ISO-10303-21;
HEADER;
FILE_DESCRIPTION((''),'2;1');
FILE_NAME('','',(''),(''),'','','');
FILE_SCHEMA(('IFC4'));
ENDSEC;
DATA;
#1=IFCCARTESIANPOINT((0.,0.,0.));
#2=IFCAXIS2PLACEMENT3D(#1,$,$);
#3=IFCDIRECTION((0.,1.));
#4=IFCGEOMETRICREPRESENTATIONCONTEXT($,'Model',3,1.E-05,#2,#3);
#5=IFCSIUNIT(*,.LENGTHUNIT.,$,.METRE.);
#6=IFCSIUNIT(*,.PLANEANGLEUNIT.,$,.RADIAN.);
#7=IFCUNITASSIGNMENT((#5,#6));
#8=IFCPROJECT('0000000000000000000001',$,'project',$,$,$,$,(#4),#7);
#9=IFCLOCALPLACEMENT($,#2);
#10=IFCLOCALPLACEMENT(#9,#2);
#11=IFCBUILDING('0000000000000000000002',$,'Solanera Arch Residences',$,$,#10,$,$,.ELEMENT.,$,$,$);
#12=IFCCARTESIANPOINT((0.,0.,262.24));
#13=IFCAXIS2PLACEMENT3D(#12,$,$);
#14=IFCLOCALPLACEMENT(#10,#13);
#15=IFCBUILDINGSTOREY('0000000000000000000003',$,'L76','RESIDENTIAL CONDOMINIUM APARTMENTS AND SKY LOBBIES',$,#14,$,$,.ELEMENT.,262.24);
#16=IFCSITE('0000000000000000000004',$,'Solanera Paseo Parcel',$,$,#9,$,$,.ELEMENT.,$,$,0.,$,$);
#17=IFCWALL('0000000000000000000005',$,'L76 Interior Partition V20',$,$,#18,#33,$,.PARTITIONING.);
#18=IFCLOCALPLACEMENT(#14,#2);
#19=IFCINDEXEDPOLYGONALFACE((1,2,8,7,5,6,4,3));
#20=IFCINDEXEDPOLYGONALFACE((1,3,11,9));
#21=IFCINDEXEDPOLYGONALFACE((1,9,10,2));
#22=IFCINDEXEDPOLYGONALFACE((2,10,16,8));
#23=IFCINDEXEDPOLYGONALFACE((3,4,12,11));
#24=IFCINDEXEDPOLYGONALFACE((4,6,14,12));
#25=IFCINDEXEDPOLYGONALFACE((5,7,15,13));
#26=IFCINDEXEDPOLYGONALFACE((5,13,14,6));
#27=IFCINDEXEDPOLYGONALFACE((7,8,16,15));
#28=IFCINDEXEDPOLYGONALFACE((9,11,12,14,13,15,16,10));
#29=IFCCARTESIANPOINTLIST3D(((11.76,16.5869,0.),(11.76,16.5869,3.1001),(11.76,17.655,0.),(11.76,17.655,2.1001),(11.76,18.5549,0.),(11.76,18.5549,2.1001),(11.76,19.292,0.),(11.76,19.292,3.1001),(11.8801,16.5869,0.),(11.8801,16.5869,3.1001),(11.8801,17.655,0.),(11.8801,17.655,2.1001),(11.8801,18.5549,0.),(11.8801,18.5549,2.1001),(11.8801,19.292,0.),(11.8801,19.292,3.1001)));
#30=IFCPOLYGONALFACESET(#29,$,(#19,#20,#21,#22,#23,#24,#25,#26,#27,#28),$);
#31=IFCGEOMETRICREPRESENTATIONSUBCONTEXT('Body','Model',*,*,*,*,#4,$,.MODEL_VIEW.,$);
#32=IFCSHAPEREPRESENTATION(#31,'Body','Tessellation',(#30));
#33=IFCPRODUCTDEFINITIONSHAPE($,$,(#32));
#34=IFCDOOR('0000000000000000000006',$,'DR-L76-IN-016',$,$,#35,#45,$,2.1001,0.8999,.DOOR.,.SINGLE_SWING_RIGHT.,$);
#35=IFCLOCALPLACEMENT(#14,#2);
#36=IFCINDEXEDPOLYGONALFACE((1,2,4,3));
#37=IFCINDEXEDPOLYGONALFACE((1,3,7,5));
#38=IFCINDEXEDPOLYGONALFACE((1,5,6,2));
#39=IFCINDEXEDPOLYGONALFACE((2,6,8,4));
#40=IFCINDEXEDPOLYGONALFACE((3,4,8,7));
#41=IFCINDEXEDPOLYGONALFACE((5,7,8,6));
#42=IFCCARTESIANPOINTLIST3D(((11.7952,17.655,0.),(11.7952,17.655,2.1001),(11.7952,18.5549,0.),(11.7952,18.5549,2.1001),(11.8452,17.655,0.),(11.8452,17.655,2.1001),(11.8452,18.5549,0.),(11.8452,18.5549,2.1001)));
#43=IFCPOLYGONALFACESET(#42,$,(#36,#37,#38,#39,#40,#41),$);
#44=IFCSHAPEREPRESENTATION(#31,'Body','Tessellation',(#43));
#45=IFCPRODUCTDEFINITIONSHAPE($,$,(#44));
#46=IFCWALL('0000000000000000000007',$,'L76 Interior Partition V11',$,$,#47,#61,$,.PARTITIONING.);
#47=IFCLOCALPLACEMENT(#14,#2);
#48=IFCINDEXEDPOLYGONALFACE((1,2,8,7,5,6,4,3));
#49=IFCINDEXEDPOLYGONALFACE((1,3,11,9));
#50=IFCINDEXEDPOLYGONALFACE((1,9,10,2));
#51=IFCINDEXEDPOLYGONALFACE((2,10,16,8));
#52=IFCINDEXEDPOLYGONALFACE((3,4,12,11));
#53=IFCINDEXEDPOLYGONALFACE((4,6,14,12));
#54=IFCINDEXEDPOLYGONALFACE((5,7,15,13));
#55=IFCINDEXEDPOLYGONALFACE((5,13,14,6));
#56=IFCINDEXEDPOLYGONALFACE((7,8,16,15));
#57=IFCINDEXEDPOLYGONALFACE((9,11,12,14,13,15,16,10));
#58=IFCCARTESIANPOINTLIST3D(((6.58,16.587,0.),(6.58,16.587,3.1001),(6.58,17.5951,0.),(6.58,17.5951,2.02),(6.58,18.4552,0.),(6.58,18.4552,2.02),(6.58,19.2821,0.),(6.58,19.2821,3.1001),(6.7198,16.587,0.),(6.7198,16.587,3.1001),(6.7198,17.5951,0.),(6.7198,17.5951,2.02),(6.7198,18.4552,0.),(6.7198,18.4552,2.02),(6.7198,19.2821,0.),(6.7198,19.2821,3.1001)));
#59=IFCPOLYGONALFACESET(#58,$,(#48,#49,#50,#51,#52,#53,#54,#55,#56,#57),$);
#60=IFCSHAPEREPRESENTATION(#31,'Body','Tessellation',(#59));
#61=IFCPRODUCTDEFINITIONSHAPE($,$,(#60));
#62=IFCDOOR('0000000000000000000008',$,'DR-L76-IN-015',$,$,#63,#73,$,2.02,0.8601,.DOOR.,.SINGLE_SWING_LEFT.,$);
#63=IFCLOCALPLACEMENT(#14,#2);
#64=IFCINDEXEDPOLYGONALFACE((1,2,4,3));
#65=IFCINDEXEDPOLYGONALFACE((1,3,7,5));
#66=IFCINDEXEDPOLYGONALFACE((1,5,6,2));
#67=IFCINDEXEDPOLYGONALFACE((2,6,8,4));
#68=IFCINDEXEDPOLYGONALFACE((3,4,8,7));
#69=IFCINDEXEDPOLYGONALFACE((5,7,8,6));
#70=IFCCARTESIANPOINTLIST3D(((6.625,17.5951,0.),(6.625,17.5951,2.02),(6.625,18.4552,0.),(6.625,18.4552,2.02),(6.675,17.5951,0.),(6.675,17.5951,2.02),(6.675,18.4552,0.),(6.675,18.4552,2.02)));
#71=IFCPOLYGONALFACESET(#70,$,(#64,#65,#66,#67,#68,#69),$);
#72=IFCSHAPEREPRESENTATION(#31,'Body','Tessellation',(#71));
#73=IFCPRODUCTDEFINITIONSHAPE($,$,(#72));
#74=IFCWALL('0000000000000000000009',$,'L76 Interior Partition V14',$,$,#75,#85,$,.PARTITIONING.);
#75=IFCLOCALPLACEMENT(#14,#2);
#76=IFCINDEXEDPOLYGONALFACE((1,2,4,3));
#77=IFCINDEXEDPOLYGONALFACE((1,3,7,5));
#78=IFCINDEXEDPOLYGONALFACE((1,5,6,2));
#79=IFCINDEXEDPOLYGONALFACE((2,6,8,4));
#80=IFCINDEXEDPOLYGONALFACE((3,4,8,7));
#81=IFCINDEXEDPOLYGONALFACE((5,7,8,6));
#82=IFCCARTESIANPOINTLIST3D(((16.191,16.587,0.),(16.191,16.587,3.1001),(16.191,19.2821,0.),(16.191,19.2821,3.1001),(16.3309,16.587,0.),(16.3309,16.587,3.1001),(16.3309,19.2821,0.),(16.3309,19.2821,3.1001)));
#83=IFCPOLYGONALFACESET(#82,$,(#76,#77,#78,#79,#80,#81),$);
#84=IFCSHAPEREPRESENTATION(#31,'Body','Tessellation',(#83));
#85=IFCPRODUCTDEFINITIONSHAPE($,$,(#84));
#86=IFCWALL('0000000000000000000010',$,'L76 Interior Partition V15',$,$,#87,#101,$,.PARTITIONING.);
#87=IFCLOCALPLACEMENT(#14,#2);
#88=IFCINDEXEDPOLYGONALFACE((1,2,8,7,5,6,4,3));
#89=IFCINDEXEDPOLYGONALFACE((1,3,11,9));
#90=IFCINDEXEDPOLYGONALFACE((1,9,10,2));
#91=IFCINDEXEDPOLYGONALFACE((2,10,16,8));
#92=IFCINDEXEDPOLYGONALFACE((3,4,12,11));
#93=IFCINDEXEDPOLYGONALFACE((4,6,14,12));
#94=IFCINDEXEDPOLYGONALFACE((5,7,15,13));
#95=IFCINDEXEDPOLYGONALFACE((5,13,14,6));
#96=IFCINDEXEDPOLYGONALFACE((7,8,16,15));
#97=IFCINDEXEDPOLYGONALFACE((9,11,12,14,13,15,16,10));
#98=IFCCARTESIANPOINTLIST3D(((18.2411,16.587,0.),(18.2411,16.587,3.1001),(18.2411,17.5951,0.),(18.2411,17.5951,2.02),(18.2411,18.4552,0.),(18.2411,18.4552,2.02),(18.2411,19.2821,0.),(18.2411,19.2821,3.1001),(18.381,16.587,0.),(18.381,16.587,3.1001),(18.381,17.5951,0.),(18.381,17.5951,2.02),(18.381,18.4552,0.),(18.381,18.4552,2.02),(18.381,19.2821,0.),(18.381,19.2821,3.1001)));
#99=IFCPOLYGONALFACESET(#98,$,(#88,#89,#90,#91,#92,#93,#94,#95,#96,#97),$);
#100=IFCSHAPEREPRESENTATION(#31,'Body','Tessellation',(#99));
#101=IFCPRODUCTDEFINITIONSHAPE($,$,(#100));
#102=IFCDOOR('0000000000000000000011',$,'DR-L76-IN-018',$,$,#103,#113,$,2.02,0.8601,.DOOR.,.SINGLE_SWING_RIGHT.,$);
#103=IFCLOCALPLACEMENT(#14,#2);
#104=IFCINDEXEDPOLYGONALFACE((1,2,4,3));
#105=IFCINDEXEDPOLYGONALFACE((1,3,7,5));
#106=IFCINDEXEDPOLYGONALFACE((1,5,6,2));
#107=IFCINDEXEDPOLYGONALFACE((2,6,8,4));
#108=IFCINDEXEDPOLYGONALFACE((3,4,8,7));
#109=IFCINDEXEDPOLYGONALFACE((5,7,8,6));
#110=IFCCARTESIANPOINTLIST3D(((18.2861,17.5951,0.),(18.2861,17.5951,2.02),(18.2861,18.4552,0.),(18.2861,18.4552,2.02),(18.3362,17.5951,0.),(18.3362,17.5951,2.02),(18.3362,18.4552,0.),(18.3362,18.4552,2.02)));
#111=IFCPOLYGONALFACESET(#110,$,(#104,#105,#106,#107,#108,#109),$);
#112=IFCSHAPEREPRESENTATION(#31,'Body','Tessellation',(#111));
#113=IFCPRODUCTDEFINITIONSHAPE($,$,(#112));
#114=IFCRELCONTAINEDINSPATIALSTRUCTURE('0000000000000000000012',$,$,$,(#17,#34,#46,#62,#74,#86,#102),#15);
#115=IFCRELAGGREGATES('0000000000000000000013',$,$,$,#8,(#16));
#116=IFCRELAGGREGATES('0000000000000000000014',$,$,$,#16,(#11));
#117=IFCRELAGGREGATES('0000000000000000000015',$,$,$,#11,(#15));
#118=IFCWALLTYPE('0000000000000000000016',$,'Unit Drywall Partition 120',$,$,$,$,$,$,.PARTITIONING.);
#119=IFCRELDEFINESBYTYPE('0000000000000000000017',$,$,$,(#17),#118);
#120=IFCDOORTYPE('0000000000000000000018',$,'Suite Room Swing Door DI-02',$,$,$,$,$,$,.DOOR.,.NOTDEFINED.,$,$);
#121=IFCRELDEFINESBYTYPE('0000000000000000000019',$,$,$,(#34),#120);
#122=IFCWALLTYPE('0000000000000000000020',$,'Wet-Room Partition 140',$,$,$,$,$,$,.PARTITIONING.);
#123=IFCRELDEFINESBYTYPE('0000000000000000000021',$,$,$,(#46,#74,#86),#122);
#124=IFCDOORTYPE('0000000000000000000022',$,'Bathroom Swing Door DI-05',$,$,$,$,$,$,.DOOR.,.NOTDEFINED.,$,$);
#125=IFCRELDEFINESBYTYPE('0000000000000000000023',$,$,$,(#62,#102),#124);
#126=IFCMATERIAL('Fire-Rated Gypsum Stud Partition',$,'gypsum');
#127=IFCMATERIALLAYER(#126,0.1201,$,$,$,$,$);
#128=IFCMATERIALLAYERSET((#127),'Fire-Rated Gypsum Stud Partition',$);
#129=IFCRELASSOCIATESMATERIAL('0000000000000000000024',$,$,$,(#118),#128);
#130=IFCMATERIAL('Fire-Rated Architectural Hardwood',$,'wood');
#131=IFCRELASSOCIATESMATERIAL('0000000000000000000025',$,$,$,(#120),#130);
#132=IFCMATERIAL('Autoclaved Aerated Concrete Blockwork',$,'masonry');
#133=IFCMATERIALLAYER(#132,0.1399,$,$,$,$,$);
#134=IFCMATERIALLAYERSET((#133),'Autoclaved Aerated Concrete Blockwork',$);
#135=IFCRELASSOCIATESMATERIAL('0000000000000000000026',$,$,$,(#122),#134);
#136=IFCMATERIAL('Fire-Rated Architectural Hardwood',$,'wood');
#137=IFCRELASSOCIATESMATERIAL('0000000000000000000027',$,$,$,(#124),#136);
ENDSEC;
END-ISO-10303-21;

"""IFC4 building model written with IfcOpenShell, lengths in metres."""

from ifc_helpers import new_model, si_unit, direction, frame, frame_2d, origin, place, context, subcontext, project, spatial, rectangle, extrude, material, layer, layer_set, type_object, element, fill, save


model = new_model("IFC4")

# Units and contexts
model_context = context("Model", 3, precision=1e-05, world=origin(), true_north=direction((0.0, 1.0)))
body_context = subcontext(model_context, "Body", "Model", "MODEL_VIEW")
ifc_project = project(units=[si_unit("LENGTHUNIT", "METRE"), si_unit("PLANEANGLEUNIT", "RADIAN")], contexts=[model_context])

# Site, building, storey
site_placement = place(None, origin())
site = spatial("IfcSite", under=ifc_project, at=site_placement, Name="Solanera Paseo Parcel", CompositionType="ELEMENT", RefElevation=0.0)
building_placement = place(site_placement, origin())
building = spatial("IfcBuilding", under=site, at=building_placement, Name="Solanera Arch Residences", CompositionType="ELEMENT")
storey_placement = place(building_placement, frame((0.0, 0.0, 262.24)))
storey = spatial("IfcBuildingStorey", under=building, at=storey_placement, Name="L76", Description="RESIDENTIAL CONDOMINIUM APARTMENTS AND SKY LOBBIES", CompositionType="ELEMENT", Elevation=262.24)

# Walls, openings, doors
ifc_material_1 = material(Name="Fire-Rated Gypsum Stud Partition", Category="gypsum")
ifc_layer_1 = layer(ifc_material_1, 0.1201)
ifc_layer_set_1 = layer_set([ifc_layer_1], Name="Fire-Rated Gypsum Stud Partition")
wall_type_1 = type_object("IfcWallType", Name="Unit Drywall Partition 120", PredefinedType="PARTITIONING", material=ifc_layer_set_1)
wall_1_placement = place(storey_placement, frame((11.8201, 16.5869, 0.0), z_axis=(0.0, 0.0, 1.0), x_axis=(0.0, 1.0, 0.0)))
wall_1 = element("IfcWall", 1, at=wall_1_placement, inside=storey, type_object=wall_type_1, Name="L76 Interior Partition V20", PredefinedType="PARTITIONING", context=body_context, shape_type="SweptSolid", body=[
    extrude(rectangle(XDim=2.7051, YDim=0.1201, at=frame_2d((1.3525, 0.0))), origin(), (0.0, 0.0, 1.0), 3.1001),
])
opening_1_placement = place(wall_1_placement, frame((1.0681, 0.0, 0.0)))
opening_1 = element("IfcOpeningElement", 2, at=opening_1_placement, cuts=wall_1, PredefinedType="OPENING", context=body_context, shape_type="SweptSolid", body=[
    extrude(rectangle(XDim=0.8999, YDim=2.1001, at=frame_2d((0.45, 1.05))), frame((0.0, 0.0701, 0.0), z_axis=(0.0, -1.0, 0.0), x_axis=(1.0, 0.0, 0.0)), (0.0, 0.0, 1.0), 0.1401),
])
ifc_material_2 = material(Name="Fire-Rated Architectural Hardwood", Category="wood")
door_type_1 = type_object("IfcDoorType", Name="Suite Room Swing Door DI-02", OperationType="NOTDEFINED", PredefinedType="DOOR", material=ifc_material_2)
door_1_placement = place(opening_1_placement, origin())
door_1 = element("IfcDoor", 3, at=door_1_placement, inside=storey, type_object=door_type_1, Name="DR-L76-IN-016", OperationType="SINGLE_SWING_RIGHT", OverallHeight=2.1001, OverallWidth=0.8999, PredefinedType="DOOR", context=body_context, shape_type="SweptSolid", body=[
    extrude(rectangle(XDim=0.8999, YDim=2.1001, at=frame_2d((0.45, 1.05))), frame((0.0, 0.0249, 0.0), z_axis=(0.0, -1.0, 0.0), x_axis=(1.0, 0.0, 0.0)), (0.0, 0.0, 1.0), 0.05),
])
fill(opening_1, door_1)
ifc_material_3 = material(Name="Autoclaved Aerated Concrete Blockwork", Category="masonry")
ifc_layer_2 = layer(ifc_material_3, 0.1399)
ifc_layer_set_2 = layer_set([ifc_layer_2], Name="Autoclaved Aerated Concrete Blockwork")
wall_type_2 = type_object("IfcWallType", Name="Wet-Room Partition 140", PredefinedType="PARTITIONING", material=ifc_layer_set_2)
wall_2_placement = place(storey_placement, frame((6.6499, 16.5869, 0.0), z_axis=(0.0, 0.0, 1.0), x_axis=(0.0, 1.0, 0.0)))
wall_2 = element("IfcWall", 4, at=wall_2_placement, inside=storey, type_object=wall_type_2, Name="L76 Interior Partition V11", PredefinedType="PARTITIONING", context=body_context, shape_type="SweptSolid", body=[
    extrude(rectangle(XDim=2.6951, YDim=0.1399, at=frame_2d((1.3477, 0.0))), origin(), (0.0, 0.0, 1.0), 3.1001),
])
opening_2_placement = place(wall_2_placement, frame((1.0081, 0.0, 0.0)))
opening_2 = element("IfcOpeningElement", 5, at=opening_2_placement, cuts=wall_2, PredefinedType="OPENING", context=body_context, shape_type="SweptSolid", body=[
    extrude(rectangle(XDim=0.8601, YDim=2.02, at=frame_2d((0.4302, 1.01))), frame((0.0, 0.0798, 0.0), z_axis=(0.0, -1.0, 0.0), x_axis=(1.0, 0.0, 0.0)), (0.0, 0.0, 1.0), 0.1599),
])
ifc_material_4 = material(Name="Fire-Rated Architectural Hardwood", Category="wood")
door_type_2 = type_object("IfcDoorType", Name="Bathroom Swing Door DI-05", OperationType="NOTDEFINED", PredefinedType="DOOR", material=ifc_material_4)
door_2_placement = place(opening_2_placement, origin())
door_2 = element("IfcDoor", 6, at=door_2_placement, inside=storey, type_object=door_type_2, Name="DR-L76-IN-015", OperationType="SINGLE_SWING_LEFT", OverallHeight=2.02, OverallWidth=0.8601, PredefinedType="DOOR", context=body_context, shape_type="SweptSolid", body=[
    extrude(rectangle(XDim=0.8601, YDim=2.02, at=frame_2d((0.4302, 1.01))), frame((0.0, 0.0249, 0.0), z_axis=(0.0, -1.0, 0.0), x_axis=(1.0, 0.0, 0.0)), (0.0, 0.0, 1.0), 0.05),
])
fill(opening_2, door_2)

# Wall
wall_3_placement = place(storey_placement, frame((16.261, 16.5869, 0.0), z_axis=(0.0, 0.0, 1.0), x_axis=(0.0, 1.0, 0.0)))
element("IfcWall", 7, at=wall_3_placement, inside=storey, type_object=wall_type_2, Name="L76 Interior Partition V14", PredefinedType="PARTITIONING", context=body_context, shape_type="SweptSolid", body=[
    extrude(rectangle(XDim=2.6951, YDim=0.1399, at=frame_2d((1.3477, 0.0))), origin(), (0.0, 0.0, 1.0), 3.1001),
])

# Wall, opening, door
wall_4_placement = place(storey_placement, frame((18.311, 16.5869, 0.0), z_axis=(0.0, 0.0, 1.0), x_axis=(0.0, 1.0, 0.0)))
wall_4 = element("IfcWall", 8, at=wall_4_placement, inside=storey, type_object=wall_type_2, Name="L76 Interior Partition V15", PredefinedType="PARTITIONING", context=body_context, shape_type="SweptSolid", body=[
    extrude(rectangle(XDim=2.6951, YDim=0.1399, at=frame_2d((1.3477, 0.0))), origin(), (0.0, 0.0, 1.0), 3.1001),
])
opening_3_placement = place(wall_4_placement, frame((1.0081, 0.0, 0.0)))
opening_3 = element("IfcOpeningElement", 9, at=opening_3_placement, cuts=wall_4, PredefinedType="OPENING", context=body_context, shape_type="SweptSolid", body=[
    extrude(rectangle(XDim=0.8601, YDim=2.02, at=frame_2d((0.4302, 1.01))), frame((0.0, 0.0798, 0.0), z_axis=(0.0, -1.0, 0.0), x_axis=(1.0, 0.0, 0.0)), (0.0, 0.0, 1.0), 0.1599),
])
door_3_placement = place(opening_3_placement, origin())
door_3 = element("IfcDoor", 10, at=door_3_placement, inside=storey, type_object=door_type_2, Name="DR-L76-IN-018", OperationType="SINGLE_SWING_RIGHT", OverallHeight=2.02, OverallWidth=0.8601, PredefinedType="DOOR", context=body_context, shape_type="SweptSolid", body=[
    extrude(rectangle(XDim=0.8601, YDim=2.02, at=frame_2d((0.4302, 1.01))), frame((0.0, 0.0249, 0.0), z_axis=(0.0, -1.0, 0.0), x_axis=(1.0, 0.0, 0.0)), (0.0, 0.0, 1.0), 0.05),
])
fill(opening_3, door_3)

save(model, "model.ifc")
